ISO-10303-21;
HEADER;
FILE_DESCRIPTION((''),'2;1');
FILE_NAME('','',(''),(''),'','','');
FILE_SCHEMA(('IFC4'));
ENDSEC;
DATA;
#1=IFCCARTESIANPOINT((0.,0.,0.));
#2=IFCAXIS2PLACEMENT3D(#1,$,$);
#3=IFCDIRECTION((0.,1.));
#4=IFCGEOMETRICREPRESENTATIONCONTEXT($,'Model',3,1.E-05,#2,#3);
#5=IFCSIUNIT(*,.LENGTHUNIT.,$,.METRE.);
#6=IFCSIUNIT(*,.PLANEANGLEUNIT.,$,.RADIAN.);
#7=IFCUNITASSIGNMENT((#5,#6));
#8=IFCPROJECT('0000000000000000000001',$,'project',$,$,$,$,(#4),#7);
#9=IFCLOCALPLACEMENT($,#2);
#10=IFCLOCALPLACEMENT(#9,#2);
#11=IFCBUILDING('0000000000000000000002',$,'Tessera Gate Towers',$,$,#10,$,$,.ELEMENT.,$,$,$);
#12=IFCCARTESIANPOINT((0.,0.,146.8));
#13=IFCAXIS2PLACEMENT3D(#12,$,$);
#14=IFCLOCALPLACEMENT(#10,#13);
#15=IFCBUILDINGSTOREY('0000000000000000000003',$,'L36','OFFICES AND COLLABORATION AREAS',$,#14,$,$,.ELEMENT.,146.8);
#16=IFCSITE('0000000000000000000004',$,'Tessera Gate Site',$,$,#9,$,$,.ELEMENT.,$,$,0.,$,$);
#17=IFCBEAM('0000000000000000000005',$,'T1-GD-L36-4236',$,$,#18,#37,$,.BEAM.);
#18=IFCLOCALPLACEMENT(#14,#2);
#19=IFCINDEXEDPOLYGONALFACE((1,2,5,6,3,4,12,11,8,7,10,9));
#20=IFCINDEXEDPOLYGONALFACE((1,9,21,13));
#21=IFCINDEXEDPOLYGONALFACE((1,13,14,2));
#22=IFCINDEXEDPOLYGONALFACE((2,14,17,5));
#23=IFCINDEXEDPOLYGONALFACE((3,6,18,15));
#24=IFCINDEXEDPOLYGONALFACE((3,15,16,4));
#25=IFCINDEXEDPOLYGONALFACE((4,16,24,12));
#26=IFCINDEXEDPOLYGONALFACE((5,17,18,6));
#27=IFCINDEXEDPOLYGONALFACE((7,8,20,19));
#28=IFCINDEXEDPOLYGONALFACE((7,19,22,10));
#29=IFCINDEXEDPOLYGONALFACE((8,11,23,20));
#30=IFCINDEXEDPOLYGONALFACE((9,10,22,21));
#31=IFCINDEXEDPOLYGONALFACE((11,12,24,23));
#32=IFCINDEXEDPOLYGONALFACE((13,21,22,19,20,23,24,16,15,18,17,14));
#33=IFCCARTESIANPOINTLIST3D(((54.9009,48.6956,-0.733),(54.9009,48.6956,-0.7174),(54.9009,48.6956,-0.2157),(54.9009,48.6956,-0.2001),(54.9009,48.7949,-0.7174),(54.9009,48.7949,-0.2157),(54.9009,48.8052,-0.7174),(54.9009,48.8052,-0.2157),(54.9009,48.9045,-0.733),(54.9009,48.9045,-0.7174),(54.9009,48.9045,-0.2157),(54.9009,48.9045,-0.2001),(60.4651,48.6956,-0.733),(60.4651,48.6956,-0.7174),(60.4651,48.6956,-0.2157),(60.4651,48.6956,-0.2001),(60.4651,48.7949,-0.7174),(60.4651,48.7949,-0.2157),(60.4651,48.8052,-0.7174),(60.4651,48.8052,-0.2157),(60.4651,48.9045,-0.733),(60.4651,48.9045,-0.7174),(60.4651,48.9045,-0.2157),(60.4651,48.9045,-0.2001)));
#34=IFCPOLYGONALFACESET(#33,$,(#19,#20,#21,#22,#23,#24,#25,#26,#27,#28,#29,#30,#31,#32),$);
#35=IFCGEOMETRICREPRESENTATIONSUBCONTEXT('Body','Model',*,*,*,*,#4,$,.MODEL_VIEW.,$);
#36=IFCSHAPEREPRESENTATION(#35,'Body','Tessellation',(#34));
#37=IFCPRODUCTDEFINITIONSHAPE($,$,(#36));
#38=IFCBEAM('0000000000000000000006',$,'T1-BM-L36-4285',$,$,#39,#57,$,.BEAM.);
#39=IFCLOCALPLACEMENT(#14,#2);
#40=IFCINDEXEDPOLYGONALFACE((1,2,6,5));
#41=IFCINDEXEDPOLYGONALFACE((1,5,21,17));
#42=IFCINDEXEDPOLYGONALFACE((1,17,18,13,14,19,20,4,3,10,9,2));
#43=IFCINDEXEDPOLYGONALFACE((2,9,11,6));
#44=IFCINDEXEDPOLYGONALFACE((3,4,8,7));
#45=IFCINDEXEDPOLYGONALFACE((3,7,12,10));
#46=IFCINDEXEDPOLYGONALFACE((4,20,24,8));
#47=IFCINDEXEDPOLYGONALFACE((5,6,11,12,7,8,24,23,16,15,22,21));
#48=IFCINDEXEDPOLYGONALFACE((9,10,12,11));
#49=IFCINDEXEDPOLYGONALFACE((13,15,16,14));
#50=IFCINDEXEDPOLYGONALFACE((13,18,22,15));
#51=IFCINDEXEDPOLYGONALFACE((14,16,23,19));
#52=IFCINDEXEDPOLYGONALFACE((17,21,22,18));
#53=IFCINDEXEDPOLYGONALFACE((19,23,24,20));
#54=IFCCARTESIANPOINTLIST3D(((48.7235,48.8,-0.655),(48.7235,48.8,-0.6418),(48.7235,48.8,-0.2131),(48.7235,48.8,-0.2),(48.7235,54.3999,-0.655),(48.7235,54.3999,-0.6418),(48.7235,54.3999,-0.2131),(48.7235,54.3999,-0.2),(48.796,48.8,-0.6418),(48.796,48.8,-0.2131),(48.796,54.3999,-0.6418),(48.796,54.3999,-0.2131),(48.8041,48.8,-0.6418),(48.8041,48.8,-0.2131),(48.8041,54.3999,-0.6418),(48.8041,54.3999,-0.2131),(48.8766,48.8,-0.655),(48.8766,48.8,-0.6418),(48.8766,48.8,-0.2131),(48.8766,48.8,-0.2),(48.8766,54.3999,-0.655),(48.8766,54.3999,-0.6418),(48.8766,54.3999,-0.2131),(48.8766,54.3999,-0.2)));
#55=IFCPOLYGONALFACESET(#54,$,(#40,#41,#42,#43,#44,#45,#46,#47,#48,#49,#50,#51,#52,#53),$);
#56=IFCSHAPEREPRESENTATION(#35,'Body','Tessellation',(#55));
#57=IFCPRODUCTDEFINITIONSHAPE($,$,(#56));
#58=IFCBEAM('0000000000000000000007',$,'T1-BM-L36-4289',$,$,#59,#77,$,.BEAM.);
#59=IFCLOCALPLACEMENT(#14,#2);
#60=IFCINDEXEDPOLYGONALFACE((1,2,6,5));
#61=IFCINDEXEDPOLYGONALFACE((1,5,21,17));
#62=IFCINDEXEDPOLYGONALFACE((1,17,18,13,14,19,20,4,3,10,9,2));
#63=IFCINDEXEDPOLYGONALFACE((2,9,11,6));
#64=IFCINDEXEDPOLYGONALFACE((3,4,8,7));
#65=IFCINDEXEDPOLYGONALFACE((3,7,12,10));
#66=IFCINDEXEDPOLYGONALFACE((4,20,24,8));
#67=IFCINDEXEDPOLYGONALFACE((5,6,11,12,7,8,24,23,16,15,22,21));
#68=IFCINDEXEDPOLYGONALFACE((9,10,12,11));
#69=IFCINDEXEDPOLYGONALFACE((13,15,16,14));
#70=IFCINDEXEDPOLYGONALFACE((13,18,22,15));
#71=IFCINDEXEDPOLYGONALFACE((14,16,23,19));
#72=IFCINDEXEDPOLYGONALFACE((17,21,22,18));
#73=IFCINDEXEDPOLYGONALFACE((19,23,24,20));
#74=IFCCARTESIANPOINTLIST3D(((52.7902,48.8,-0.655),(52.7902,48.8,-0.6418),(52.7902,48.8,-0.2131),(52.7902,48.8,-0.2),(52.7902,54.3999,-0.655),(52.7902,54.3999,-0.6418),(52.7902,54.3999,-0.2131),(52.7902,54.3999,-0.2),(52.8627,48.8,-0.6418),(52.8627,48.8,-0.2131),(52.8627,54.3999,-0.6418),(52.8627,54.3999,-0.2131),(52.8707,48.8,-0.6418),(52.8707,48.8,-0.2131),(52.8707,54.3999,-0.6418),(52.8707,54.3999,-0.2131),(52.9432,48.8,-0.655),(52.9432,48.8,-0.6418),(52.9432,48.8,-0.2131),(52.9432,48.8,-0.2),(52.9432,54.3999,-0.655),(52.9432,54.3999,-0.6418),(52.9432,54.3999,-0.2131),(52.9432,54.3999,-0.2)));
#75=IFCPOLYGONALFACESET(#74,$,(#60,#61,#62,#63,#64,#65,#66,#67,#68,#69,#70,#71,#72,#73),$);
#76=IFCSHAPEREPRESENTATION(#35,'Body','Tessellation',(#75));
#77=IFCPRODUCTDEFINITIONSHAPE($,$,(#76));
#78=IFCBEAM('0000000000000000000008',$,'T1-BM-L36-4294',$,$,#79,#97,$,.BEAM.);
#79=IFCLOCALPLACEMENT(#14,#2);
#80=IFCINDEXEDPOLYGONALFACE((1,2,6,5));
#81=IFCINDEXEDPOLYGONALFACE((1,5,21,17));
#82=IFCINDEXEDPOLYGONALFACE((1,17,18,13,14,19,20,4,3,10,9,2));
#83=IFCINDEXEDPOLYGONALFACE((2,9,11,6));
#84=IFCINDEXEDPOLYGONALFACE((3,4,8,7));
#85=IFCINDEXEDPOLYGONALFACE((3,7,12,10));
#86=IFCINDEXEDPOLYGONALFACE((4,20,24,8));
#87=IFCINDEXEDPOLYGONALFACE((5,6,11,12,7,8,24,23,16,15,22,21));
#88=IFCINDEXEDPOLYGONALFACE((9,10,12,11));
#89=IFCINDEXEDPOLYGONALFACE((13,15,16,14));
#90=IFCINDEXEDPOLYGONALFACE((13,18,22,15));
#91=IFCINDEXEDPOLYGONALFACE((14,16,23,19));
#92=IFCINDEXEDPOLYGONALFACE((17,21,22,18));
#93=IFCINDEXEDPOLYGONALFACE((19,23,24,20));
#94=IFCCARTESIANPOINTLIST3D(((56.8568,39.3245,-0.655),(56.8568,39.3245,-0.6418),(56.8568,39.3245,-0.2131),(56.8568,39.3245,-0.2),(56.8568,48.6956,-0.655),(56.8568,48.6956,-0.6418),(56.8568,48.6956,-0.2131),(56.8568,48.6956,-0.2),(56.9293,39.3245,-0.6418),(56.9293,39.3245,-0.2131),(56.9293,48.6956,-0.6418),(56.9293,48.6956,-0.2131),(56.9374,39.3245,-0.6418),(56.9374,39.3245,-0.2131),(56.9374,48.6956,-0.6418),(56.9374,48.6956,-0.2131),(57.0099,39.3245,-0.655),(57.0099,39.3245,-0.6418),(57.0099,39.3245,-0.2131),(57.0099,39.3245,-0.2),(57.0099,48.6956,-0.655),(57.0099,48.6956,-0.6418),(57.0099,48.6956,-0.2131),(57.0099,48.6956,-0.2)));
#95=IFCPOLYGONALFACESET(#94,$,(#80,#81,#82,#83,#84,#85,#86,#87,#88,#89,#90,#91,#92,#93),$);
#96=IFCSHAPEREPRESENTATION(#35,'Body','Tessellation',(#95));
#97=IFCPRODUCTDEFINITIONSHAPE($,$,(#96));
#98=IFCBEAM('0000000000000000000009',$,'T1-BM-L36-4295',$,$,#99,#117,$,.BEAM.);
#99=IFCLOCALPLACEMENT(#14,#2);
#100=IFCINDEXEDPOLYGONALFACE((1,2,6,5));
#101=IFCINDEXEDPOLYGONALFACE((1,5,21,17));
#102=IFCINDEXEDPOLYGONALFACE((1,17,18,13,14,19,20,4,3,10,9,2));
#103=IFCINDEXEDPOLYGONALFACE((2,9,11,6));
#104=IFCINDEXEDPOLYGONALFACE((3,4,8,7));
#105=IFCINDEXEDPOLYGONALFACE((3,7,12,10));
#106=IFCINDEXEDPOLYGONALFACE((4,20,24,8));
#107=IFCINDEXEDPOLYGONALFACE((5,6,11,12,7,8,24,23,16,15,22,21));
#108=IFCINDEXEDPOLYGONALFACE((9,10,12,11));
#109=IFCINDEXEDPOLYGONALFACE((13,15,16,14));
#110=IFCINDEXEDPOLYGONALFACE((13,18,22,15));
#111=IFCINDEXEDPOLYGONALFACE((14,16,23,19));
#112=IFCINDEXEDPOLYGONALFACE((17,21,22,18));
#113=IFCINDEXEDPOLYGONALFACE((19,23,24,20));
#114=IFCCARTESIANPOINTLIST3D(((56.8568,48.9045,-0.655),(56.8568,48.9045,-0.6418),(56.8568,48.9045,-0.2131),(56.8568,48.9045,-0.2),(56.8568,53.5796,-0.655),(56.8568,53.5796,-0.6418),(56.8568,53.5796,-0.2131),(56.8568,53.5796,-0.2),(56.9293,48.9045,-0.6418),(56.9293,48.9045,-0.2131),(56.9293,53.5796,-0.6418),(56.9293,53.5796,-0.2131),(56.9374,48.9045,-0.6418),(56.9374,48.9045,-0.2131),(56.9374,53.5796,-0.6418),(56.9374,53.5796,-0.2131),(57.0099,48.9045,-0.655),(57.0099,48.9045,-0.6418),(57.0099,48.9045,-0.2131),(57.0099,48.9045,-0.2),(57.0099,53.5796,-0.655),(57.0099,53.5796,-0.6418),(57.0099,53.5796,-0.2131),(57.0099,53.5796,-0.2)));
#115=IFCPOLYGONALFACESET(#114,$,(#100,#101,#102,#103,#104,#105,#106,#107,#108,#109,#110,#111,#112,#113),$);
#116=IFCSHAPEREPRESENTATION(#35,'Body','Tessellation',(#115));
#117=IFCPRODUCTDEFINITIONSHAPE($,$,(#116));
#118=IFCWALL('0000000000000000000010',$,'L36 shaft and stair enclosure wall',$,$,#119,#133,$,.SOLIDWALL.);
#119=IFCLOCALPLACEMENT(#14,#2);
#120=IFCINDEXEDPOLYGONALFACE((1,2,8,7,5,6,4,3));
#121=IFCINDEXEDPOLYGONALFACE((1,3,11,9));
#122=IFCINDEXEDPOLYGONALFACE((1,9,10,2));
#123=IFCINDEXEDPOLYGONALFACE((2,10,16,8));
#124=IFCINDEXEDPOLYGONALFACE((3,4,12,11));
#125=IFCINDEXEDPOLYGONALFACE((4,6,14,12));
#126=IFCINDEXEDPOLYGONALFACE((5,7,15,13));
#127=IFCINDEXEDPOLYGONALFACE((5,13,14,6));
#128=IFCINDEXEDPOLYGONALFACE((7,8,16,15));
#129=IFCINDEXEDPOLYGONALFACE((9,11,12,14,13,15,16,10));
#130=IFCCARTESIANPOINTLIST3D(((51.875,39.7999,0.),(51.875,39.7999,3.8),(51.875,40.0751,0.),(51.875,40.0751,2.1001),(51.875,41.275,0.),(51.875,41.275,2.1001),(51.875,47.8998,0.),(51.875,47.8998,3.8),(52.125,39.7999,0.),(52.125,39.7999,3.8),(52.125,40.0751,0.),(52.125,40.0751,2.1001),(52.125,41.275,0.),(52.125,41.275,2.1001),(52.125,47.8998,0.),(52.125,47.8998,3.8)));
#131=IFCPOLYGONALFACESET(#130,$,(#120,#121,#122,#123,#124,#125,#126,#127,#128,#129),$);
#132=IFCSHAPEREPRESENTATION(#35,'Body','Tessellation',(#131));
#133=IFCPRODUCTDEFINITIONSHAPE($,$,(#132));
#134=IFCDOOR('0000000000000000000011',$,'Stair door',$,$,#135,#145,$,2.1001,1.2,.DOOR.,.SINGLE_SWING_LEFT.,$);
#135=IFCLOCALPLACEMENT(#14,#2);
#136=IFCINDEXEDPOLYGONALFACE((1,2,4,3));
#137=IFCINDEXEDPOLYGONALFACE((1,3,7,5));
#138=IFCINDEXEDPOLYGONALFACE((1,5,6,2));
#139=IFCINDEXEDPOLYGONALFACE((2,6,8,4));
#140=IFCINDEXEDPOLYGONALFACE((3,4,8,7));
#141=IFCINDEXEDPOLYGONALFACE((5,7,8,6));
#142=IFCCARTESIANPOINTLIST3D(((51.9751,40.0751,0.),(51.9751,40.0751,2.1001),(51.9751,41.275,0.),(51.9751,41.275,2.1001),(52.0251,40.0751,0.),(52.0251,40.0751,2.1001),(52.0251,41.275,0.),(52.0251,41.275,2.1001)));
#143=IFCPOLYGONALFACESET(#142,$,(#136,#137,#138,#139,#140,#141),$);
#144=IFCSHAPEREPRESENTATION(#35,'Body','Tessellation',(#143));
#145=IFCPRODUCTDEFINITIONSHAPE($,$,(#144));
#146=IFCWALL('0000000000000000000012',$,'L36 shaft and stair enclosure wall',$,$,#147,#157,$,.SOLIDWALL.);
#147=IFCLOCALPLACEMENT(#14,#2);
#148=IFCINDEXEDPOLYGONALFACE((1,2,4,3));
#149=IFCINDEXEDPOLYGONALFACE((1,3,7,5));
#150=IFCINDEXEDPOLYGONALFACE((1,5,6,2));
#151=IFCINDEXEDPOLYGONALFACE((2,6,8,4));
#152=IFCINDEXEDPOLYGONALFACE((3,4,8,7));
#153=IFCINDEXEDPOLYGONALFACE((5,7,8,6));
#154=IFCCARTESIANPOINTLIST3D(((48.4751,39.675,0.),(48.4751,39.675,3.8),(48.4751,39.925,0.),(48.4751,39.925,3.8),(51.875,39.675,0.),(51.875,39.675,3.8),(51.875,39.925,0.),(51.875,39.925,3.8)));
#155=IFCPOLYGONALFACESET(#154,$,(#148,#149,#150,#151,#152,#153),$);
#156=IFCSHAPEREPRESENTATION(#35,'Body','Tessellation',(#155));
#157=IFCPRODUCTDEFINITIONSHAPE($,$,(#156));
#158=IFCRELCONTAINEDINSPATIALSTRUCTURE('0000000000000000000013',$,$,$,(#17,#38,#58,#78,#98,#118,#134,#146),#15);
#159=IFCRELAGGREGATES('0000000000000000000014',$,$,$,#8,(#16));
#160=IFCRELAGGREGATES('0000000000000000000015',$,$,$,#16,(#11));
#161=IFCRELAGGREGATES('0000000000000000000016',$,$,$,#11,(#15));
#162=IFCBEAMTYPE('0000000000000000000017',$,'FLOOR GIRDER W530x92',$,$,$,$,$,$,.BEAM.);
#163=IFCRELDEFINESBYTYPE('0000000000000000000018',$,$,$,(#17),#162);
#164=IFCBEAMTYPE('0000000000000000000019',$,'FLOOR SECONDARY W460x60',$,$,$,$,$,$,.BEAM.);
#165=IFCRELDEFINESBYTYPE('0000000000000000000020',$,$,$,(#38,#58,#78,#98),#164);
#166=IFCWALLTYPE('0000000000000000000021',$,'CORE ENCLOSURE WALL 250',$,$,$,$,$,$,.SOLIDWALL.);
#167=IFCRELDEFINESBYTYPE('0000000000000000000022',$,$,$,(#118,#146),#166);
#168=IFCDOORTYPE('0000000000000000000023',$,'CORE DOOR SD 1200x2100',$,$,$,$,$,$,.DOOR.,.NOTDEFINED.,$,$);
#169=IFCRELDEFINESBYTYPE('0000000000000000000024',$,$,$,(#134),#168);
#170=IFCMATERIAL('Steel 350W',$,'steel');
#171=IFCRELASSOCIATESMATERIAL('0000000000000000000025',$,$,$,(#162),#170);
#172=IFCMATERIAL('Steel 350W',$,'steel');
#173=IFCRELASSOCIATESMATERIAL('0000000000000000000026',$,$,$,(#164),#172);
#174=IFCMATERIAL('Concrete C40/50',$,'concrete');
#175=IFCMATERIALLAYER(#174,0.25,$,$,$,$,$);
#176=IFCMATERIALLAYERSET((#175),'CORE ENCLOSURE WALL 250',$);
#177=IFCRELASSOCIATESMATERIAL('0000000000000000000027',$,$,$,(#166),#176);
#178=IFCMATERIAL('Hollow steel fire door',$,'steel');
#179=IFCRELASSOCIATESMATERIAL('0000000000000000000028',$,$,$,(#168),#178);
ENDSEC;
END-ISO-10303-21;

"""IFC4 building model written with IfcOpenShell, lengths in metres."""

from ifc_helpers import new_model, si_unit, direction, frame, frame_2d, origin, origin_2d, place, context, subcontext, project, spatial, rectangle, i_section, extrude, source, transform, mapped, material, layer, layer_set, material_profile, profile_set, type_object, element, fill, save


model = new_model("IFC4")

# Units and contexts
model_context = context("Model", 3, precision=1e-05, world=origin(), true_north=direction((0.0, 1.0)))
body_context = subcontext(model_context, "Body", "Model", "MODEL_VIEW")
ifc_project = project(units=[si_unit("LENGTHUNIT", "METRE"), si_unit("PLANEANGLEUNIT", "RADIAN")], contexts=[model_context])

# Site, building, storey
site_placement = place(None, origin())
site = spatial("IfcSite", under=ifc_project, at=site_placement, Name="Tessera Gate Site", CompositionType="ELEMENT", RefElevation=0.0)
building_placement = place(site_placement, origin())
building = spatial("IfcBuilding", under=site, at=building_placement, Name="Tessera Gate Towers", CompositionType="ELEMENT")
storey_placement = place(building_placement, frame((0.0, 0.0, 146.8)))
storey = spatial("IfcBuildingStorey", under=building, at=storey_placement, Name="L36", Description="OFFICES AND COLLABORATION AREAS", CompositionType="ELEMENT", Elevation=146.8)

# Beams
ifc_material_1 = material(Name="Steel 350W", Category="steel")
ifc_material_profile_1 = material_profile(ifc_material_1, i_section(OverallWidth=0.209, OverallDepth=0.533, WebThickness=0.0103, FlangeThickness=0.0156, at=origin_2d()), Name="W530x92")
ifc_profile_set_1 = profile_set([ifc_material_profile_1], Name="Steel 350W")
beam_type_1 = type_object("IfcBeamType", Name="FLOOR GIRDER W530x92", PredefinedType="BEAM", material=ifc_profile_set_1)
beam_1_placement = place(storey_placement, frame((54.9009, 48.8, -0.4666), z_axis=(1.0, 0.0, 0.0), x_axis=(0.0, 1.0, 0.0)))
element("IfcBeam", 1, at=beam_1_placement, inside=storey, type_object=beam_type_1, Name="T1-GD-L36-4236", PredefinedType="BEAM", context=body_context, shape_type="SweptSolid", body=[
    extrude(i_section(OverallWidth=0.209, OverallDepth=0.533, WebThickness=0.0103, FlangeThickness=0.0156, at=origin_2d()), origin(), (0.0, 0.0, 1.0), 5.5642),
])
ifc_material_2 = material(Name="Steel 350W", Category="steel")
ifc_material_profile_2 = material_profile(ifc_material_2, i_section(OverallWidth=0.1531, OverallDepth=0.4551, WebThickness=0.0081, FlangeThickness=0.0132, at=origin_2d()), Name="W460x60")
ifc_profile_set_2 = profile_set([ifc_material_profile_2], Name="Steel 350W")
beam_type_2 = type_object("IfcBeamType", Name="FLOOR SECONDARY W460x60", PredefinedType="BEAM", material=ifc_profile_set_2)
for number, where, z_axis, x_axis, name in (
    (2, (48.8, 48.8, -0.4275), (0.0, 1.0, 0.0), (-1.0, 0.0, 0.0), "T1-BM-L36-4285"),
    (3, (52.8667, 48.8, -0.4275), (0.0, 1.0, 0.0), (-1.0, 0.0, 0.0), "T1-BM-L36-4289"),
):
    element("IfcBeam", number, at=place(storey_placement, frame(where, z_axis=z_axis, x_axis=x_axis)), inside=storey, type_object=beam_type_2, Name=name, PredefinedType="BEAM", context=body_context, shape_type="SweptSolid", body=[
        extrude(i_section(OverallWidth=0.1531, OverallDepth=0.4551, WebThickness=0.0081, FlangeThickness=0.0132, at=origin_2d()), origin(), (0.0, 0.0, 1.0), 5.5999),
    ])
beam_2_placement = place(storey_placement, frame((56.9333, 39.3245, -0.4275), z_axis=(0.0, 1.0, 0.0), x_axis=(-1.0, 0.0, 0.0)))
element("IfcBeam", 4, at=beam_2_placement, inside=storey, type_object=beam_type_2, Name="T1-BM-L36-4294", PredefinedType="BEAM", context=body_context, shape_type="SweptSolid", body=[
    extrude(i_section(OverallWidth=0.1531, OverallDepth=0.4551, WebThickness=0.0081, FlangeThickness=0.0132, at=origin_2d()), origin(), (0.0, 0.0, 1.0), 9.3711),
])
beam_3_placement = place(storey_placement, frame((56.9333, 48.9045, -0.4275), z_axis=(0.0, 1.0, 0.0), x_axis=(-1.0, 0.0, 0.0)))
element("IfcBeam", 5, at=beam_3_placement, inside=storey, type_object=beam_type_2, Name="T1-BM-L36-4295", PredefinedType="BEAM", context=body_context, shape_type="SweptSolid", body=[
    extrude(i_section(OverallWidth=0.1531, OverallDepth=0.4551, WebThickness=0.0081, FlangeThickness=0.0132, at=origin_2d()), origin(), (0.0, 0.0, 1.0), 4.675),
])

# Wall, opening, door
ifc_material_3 = material(Name="Concrete C40/50", Category="concrete")
ifc_layer_1 = layer(ifc_material_3, 0.25)
ifc_layer_set_1 = layer_set([ifc_layer_1], Name="CORE ENCLOSURE WALL 250")
wall_type_1 = type_object("IfcWallType", Name="CORE ENCLOSURE WALL 250", PredefinedType="SOLIDWALL", material=ifc_layer_set_1)
wall_1_placement = place(storey_placement, frame((52.0, 39.8, 0.0), z_axis=(0.0, 0.0, 1.0), x_axis=(0.0, 1.0, 0.0)))
wall_1 = element("IfcWall", 6, at=wall_1_placement, inside=storey, type_object=wall_type_1, Name="L36 shaft and stair enclosure wall", PredefinedType="SOLIDWALL", context=body_context, shape_type="SweptSolid", body=[
    extrude(rectangle(XDim=8.0999, YDim=0.25, at=frame_2d((4.0498, 0.0))), origin(), (0.0, 0.0, 1.0), 3.8),
])
shared_shape_1 = source(origin(), body_context, "Body", "SweptSolid", [
    extrude(rectangle(XDim=1.2, YDim=2.1001, at=frame_2d((0.6001, 1.05))), frame((0.0, 0.135, 0.0), z_axis=(0.0, -1.0, 0.0), x_axis=(1.0, 0.0, 0.0)), (0.0, 0.0, 1.0), 0.27),
])
opening_1_placement = place(wall_1_placement, frame((0.2749, 0.0, 0.0)))
opening_1 = element("IfcOpeningElement", 7, at=opening_1_placement, cuts=wall_1, PredefinedType="OPENING", context=body_context, shape_type="MappedRepresentation", body=[
    mapped(shared_shape_1, transform((0.0, 0.0, 0.0), scale=1.0)),
])
ifc_material_4 = material(Name="Hollow steel fire door", Category="steel")
door_type_1 = type_object("IfcDoorType", Name="CORE DOOR SD 1200x2100", OperationType="NOTDEFINED", PredefinedType="DOOR", material=ifc_material_4)
shared_shape_2 = source(origin(), body_context, "Body", "SweptSolid", [
    extrude(rectangle(XDim=1.2, YDim=2.1001, at=frame_2d((0.6001, 1.05))), frame((0.0, 0.0249, 0.0), z_axis=(0.0, -1.0, 0.0), x_axis=(1.0, 0.0, 0.0)), (0.0, 0.0, 1.0), 0.05),
])
door_1_placement = place(opening_1_placement, origin())
door_1 = element("IfcDoor", 8, at=door_1_placement, inside=storey, type_object=door_type_1, Name="Stair door", OperationType="SINGLE_SWING_LEFT", OverallHeight=2.1001, OverallWidth=1.2, PredefinedType="DOOR", context=body_context, shape_type="MappedRepresentation", body=[
    mapped(shared_shape_2, transform((0.0, 0.0, 0.0), scale=1.0)),
])
fill(opening_1, door_1)

# Wall
wall_2_placement = place(storey_placement, frame((48.4751, 39.8, 0.0), z_axis=(0.0, 0.0, 1.0), x_axis=(1.0, 0.0, 0.0)))
element("IfcWall", 9, at=wall_2_placement, inside=storey, type_object=wall_type_1, Name="L36 shaft and stair enclosure wall", PredefinedType="SOLIDWALL", context=body_context, shape_type="SweptSolid", body=[
    extrude(rectangle(XDim=3.3999, YDim=0.25, at=frame_2d((1.7, 0.0))), origin(), (0.0, 0.0, 1.0), 3.8),
])

save(model, "model.ifc")
